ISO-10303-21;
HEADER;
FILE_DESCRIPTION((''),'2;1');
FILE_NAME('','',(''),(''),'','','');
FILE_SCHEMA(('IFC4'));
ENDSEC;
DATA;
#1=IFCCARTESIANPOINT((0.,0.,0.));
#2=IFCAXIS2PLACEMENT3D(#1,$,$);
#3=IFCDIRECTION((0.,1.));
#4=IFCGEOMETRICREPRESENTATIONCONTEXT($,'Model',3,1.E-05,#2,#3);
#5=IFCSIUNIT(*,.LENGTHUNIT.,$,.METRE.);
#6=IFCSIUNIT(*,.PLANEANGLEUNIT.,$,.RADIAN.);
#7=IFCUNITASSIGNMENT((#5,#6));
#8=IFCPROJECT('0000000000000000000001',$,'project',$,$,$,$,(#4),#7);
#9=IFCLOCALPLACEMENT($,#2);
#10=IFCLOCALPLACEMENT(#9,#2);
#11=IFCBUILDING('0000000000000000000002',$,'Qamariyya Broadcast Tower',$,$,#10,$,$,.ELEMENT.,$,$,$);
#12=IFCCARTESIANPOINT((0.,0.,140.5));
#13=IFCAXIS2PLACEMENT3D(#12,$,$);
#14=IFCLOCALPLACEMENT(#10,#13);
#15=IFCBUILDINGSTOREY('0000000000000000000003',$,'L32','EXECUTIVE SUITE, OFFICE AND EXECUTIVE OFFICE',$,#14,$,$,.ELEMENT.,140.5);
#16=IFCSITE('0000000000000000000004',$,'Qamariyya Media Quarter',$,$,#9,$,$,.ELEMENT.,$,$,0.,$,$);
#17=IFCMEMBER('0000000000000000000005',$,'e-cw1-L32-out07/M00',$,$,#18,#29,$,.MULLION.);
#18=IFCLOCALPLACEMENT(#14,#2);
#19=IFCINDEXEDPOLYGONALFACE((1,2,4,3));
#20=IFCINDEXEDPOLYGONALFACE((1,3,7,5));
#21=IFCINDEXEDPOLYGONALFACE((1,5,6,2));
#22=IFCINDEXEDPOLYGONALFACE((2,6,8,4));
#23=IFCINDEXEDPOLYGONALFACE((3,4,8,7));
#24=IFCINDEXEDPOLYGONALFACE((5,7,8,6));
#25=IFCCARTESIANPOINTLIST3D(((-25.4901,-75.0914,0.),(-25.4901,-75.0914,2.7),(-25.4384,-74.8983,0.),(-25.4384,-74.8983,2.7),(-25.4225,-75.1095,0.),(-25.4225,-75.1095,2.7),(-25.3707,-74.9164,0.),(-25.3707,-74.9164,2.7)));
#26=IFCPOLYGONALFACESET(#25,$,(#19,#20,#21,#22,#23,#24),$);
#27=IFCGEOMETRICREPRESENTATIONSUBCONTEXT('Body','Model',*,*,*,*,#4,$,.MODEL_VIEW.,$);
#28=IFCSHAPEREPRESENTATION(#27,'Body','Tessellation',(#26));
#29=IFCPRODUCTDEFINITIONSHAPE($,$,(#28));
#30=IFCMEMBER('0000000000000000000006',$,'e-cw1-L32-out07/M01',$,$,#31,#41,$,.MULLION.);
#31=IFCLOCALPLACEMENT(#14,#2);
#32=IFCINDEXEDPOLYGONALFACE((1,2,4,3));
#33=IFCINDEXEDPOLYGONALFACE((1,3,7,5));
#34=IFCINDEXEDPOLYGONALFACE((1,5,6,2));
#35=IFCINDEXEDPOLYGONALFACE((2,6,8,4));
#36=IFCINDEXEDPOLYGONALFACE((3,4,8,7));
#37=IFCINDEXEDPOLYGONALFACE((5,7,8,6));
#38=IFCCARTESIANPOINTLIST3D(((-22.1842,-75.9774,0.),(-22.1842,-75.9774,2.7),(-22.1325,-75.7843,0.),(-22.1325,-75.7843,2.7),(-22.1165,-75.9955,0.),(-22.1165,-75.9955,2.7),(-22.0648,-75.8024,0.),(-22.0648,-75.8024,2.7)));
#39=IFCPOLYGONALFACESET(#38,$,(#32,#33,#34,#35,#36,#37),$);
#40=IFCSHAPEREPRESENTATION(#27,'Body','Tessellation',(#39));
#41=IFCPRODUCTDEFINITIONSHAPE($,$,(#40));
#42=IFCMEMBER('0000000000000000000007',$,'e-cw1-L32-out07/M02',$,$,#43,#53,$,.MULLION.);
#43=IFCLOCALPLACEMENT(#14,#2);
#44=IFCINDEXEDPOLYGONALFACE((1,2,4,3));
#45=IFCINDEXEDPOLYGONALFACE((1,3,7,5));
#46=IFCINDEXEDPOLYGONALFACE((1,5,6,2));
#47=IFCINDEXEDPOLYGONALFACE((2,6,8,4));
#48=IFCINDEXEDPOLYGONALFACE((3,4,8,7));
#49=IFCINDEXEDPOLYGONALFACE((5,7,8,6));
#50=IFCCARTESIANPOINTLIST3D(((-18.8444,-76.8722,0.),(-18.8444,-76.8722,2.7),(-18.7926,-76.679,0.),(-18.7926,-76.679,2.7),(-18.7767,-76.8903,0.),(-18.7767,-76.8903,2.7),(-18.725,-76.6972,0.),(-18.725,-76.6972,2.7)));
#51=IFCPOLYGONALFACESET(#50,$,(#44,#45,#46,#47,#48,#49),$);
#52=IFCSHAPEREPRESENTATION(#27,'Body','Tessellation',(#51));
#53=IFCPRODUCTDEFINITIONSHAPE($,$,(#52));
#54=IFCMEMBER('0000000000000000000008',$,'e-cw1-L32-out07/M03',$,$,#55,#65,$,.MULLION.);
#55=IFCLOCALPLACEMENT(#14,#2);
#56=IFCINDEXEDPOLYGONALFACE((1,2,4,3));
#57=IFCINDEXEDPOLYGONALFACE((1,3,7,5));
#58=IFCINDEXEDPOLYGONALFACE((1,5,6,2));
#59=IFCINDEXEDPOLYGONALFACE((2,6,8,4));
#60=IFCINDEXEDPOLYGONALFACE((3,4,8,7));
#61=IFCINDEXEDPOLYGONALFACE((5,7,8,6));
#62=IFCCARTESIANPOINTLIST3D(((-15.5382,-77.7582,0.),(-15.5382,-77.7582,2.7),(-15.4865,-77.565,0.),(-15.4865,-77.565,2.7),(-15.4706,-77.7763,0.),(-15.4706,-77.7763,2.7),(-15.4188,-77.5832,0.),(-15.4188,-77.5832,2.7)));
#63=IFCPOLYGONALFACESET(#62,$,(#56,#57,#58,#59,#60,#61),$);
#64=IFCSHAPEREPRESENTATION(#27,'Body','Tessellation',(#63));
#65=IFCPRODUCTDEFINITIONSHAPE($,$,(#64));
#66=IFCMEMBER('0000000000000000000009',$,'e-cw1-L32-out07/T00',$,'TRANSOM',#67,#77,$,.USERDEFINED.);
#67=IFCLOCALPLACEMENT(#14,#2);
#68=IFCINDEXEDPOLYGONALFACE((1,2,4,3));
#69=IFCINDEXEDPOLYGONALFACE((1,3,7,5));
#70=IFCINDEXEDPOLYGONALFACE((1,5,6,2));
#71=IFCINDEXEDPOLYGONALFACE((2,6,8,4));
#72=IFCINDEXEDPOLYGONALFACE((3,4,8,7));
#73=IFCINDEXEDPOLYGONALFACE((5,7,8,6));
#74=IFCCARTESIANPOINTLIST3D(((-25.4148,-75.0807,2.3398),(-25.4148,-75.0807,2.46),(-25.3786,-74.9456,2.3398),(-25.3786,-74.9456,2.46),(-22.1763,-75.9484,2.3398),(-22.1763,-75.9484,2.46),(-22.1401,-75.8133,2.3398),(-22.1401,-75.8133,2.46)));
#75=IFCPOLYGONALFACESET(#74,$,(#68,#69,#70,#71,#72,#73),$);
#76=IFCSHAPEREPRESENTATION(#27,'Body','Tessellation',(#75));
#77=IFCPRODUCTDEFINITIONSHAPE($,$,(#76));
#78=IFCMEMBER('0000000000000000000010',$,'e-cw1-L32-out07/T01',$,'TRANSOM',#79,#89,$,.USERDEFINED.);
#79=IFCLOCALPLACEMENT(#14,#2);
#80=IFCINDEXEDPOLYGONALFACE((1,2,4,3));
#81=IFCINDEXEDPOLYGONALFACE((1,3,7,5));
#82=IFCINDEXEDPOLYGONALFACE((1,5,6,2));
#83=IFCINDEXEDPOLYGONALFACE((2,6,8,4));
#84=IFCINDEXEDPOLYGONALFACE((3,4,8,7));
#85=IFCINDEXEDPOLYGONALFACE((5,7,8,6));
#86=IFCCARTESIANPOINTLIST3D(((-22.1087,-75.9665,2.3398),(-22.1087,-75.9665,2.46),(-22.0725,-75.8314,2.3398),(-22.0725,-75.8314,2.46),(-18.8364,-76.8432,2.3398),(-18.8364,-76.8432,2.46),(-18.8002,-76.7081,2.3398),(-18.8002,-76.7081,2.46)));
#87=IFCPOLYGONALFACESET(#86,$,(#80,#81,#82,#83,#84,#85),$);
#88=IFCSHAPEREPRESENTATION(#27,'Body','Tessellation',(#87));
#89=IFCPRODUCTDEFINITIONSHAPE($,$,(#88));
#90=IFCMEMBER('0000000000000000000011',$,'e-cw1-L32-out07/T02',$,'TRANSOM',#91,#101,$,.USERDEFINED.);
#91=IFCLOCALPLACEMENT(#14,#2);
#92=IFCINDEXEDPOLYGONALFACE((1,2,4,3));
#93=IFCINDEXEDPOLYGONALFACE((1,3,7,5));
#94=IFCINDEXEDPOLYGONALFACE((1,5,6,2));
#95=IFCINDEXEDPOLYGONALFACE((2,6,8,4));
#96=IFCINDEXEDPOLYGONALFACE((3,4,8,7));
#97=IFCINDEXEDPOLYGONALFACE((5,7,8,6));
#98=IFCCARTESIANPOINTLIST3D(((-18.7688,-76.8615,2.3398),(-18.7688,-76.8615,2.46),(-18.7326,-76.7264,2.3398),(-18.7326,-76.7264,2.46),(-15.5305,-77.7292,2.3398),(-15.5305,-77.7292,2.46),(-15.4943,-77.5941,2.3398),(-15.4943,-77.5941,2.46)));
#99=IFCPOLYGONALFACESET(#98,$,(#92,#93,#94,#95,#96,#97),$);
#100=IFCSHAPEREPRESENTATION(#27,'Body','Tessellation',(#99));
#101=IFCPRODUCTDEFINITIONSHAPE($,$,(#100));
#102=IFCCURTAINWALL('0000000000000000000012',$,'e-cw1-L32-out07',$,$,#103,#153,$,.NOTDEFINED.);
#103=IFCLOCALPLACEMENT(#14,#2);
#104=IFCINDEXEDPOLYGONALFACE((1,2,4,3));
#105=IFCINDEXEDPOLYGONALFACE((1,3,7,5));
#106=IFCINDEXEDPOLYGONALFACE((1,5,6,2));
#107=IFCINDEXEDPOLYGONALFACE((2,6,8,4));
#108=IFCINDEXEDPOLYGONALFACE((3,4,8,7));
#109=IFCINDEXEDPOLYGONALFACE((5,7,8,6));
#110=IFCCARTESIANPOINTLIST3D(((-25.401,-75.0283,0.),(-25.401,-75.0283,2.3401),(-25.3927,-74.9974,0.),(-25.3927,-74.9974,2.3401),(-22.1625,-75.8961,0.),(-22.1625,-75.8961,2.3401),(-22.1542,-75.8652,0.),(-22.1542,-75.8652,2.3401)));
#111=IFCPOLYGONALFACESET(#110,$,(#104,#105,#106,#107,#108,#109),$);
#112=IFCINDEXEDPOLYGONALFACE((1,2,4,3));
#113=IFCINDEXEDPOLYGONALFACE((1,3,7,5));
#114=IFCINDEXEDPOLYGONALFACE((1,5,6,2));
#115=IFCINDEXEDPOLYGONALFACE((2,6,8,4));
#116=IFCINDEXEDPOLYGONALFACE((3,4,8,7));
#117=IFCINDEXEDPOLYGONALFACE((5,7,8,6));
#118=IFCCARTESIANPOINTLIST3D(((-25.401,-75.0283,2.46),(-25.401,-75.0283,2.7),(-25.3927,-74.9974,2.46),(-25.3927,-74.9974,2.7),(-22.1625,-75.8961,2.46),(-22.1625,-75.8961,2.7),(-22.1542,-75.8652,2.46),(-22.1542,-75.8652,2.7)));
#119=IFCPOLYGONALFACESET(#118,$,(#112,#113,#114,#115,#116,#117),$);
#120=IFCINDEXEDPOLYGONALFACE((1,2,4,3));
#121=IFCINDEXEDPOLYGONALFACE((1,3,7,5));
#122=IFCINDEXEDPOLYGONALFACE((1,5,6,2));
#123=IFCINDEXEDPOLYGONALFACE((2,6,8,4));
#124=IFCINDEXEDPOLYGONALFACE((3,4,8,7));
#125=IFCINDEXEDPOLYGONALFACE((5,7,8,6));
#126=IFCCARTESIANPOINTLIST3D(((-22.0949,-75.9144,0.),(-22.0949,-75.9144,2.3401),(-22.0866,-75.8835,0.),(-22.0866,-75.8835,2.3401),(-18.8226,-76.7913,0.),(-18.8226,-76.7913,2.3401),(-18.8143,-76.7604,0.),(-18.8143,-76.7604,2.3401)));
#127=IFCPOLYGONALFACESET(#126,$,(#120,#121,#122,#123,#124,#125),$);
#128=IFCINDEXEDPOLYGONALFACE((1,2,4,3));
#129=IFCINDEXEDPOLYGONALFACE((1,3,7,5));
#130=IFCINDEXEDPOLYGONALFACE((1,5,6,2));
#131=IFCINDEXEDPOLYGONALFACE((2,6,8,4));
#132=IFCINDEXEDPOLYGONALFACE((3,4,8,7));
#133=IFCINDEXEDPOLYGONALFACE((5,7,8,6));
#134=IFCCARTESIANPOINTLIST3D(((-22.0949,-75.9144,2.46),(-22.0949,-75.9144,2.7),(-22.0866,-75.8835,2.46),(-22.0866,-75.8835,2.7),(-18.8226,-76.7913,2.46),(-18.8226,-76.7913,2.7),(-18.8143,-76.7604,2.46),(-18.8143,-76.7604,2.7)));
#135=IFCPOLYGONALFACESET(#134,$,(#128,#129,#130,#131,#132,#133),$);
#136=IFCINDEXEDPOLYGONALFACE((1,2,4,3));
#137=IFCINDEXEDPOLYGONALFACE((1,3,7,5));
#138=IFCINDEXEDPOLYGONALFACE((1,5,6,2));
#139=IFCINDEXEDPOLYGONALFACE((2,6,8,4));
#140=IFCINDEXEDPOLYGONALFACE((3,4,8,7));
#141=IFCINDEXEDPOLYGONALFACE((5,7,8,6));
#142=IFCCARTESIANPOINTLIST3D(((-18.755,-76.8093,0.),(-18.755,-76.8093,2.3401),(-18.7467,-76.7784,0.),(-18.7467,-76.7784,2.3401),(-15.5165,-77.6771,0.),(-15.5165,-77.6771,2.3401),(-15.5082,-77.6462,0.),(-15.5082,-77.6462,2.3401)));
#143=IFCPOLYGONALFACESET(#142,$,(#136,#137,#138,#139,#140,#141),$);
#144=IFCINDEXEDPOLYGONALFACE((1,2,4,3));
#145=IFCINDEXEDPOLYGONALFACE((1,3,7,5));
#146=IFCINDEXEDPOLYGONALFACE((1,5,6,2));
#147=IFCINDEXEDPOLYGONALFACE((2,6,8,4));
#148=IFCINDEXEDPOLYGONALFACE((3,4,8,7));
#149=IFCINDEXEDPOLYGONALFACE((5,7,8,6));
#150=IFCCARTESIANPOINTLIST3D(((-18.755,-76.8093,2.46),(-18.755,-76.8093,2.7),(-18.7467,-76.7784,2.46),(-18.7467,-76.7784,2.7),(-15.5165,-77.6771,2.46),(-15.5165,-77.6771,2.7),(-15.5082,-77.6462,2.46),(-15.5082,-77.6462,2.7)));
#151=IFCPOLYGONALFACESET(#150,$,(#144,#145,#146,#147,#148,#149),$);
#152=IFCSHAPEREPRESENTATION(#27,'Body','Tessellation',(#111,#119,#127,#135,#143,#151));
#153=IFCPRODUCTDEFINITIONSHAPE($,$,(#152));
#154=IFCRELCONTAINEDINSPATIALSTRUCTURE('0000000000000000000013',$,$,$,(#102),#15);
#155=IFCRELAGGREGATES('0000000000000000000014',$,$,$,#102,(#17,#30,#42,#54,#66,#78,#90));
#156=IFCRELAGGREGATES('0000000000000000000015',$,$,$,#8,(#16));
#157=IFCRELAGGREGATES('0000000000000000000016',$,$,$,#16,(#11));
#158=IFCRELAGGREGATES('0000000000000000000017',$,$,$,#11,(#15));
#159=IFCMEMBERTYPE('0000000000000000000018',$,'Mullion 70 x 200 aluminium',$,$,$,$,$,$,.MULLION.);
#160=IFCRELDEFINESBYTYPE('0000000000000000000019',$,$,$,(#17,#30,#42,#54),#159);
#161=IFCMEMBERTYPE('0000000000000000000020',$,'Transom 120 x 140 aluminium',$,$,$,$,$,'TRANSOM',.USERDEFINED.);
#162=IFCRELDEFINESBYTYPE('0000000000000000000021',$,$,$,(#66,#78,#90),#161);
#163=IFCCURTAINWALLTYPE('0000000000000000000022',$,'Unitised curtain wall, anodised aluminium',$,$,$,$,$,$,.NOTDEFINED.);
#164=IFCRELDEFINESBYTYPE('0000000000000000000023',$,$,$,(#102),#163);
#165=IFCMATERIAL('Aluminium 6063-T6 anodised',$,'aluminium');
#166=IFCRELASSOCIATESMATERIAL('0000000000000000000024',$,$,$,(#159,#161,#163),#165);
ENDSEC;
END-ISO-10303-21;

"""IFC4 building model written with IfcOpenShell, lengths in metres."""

from ifc_helpers import new_model, si_unit, direction, frame, origin, origin_2d, place, context, subcontext, project, spatial, rectangle, extrude, material, material_profile, profile_set, type_object, element, aggregate, save


model = new_model("IFC4")

# Units and contexts
model_context = context("Model", 3, precision=1e-05, world=origin(), true_north=direction((0.0, 1.0)))
body_context = subcontext(model_context, "Body", "Model", "MODEL_VIEW")
ifc_project = project(units=[si_unit("LENGTHUNIT", "METRE"), si_unit("PLANEANGLEUNIT", "RADIAN")], contexts=[model_context])

# Members
ifc_material = material(Name="Aluminium 6063-T6 anodised", Category="aluminium")
ifc_material_profile_1 = material_profile(ifc_material, rectangle(XDim=0.2, YDim=0.0701, at=origin_2d()))
ifc_profile_set_1 = profile_set([ifc_material_profile_1], Name="Aluminium 6063-T6 anodised")
member_type_1 = type_object("IfcMemberType", Name="Mullion 70 x 200 aluminium", PredefinedType="MULLION", material=ifc_profile_set_1)
site_placement = place(None, origin())
building_placement = place(site_placement, origin())
storey_placement = place(building_placement, frame((0.0, 0.0, 140.5)))
member_1_placement = place(storey_placement, frame((-25.4304, -75.0039, 0.0), z_axis=(0.0, 0.0, 1.0), x_axis=(0.258819, 0.965926, 0.0)))
member_1 = element("IfcMember", 1, at=member_1_placement, type_object=member_type_1, Name="e-cw1-L32-out07/M00", PredefinedType="MULLION", context=body_context, shape_type="SweptSolid", body=[
    extrude(rectangle(XDim=0.2, YDim=0.0701, at=origin_2d()), origin(), (0.0, 0.0, 1.0), 2.7),
])
member_2_placement = place(storey_placement, frame((-22.1245, -75.8899, 0.0), z_axis=(0.0, 0.0, 1.0), x_axis=(0.258819, 0.965926, 0.0)))
member_2 = element("IfcMember", 2, at=member_2_placement, type_object=member_type_1, Name="e-cw1-L32-out07/M01", PredefinedType="MULLION", context=body_context, shape_type="SweptSolid", body=[
    extrude(rectangle(XDim=0.2, YDim=0.0701, at=origin_2d()), origin(), (0.0, 0.0, 1.0), 2.7),
])
member_3_placement = place(storey_placement, frame((-18.7847, -76.7847, 0.0), z_axis=(0.0, 0.0, 1.0), x_axis=(0.258819, 0.965926, 0.0)))
member_3 = element("IfcMember", 3, at=member_3_placement, type_object=member_type_1, Name="e-cw1-L32-out07/M02", PredefinedType="MULLION", context=body_context, shape_type="SweptSolid", body=[
    extrude(rectangle(XDim=0.2, YDim=0.0701, at=origin_2d()), origin(), (0.0, 0.0, 1.0), 2.7),
])
member_4_placement = place(storey_placement, frame((-15.4785, -77.6707, 0.0), z_axis=(0.0, 0.0, 1.0), x_axis=(0.258819, 0.965926, 0.0)))
member_4 = element("IfcMember", 4, at=member_4_placement, type_object=member_type_1, Name="e-cw1-L32-out07/M03", PredefinedType="MULLION", context=body_context, shape_type="SweptSolid", body=[
    extrude(rectangle(XDim=0.2, YDim=0.0701, at=origin_2d()), origin(), (0.0, 0.0, 1.0), 2.7),
])
ifc_material_profile_2 = material_profile(ifc_material, rectangle(XDim=0.1399, YDim=0.1201, at=origin_2d()))
ifc_profile_set_2 = profile_set([ifc_material_profile_2], Name="Aluminium 6063-T6 anodised")
member_type_2 = type_object("IfcMemberType", Name="Transom 120 x 140 aluminium", ElementType="TRANSOM", PredefinedType="USERDEFINED", material=ifc_profile_set_2)
member_5_placement = place(storey_placement, frame((-25.3967, -75.0132, 2.3999), z_axis=(0.965932, -0.258796, 0.0), x_axis=(0.258796, 0.965932, 0.0)))
member_5 = element("IfcMember", 5, at=member_5_placement, type_object=member_type_2, Name="e-cw1-L32-out07/T00", ObjectType="TRANSOM", PredefinedType="USERDEFINED", context=body_context, shape_type="SweptSolid", body=[
    extrude(rectangle(XDim=0.1399, YDim=0.1201, at=origin_2d()), origin(), (0.0, 0.0, 1.0), 3.3528),
])
member_6_placement = place(storey_placement, frame((-22.0906, -75.8989, 2.3999), z_axis=(0.965932, -0.258797, 0.0), x_axis=(0.258797, 0.965932, 0.0)))
member_6 = element("IfcMember", 6, at=member_6_placement, type_object=member_type_2, Name="e-cw1-L32-out07/T01", ObjectType="TRANSOM", PredefinedType="USERDEFINED", context=body_context, shape_type="SweptSolid", body=[
    extrude(rectangle(XDim=0.1399, YDim=0.1201, at=origin_2d()), origin(), (0.0, 0.0, 1.0), 3.3877),
])
member_7_placement = place(storey_placement, frame((-18.7507, -76.7939, 2.3999), z_axis=(0.965927, -0.258814, 0.0), x_axis=(0.258814, 0.965927, 0.0)))
member_7 = element("IfcMember", 7, at=member_7_placement, type_object=member_type_2, Name="e-cw1-L32-out07/T02", ObjectType="TRANSOM", PredefinedType="USERDEFINED", context=body_context, shape_type="SweptSolid", body=[
    extrude(rectangle(XDim=0.1399, YDim=0.1201, at=origin_2d()), origin(), (0.0, 0.0, 1.0), 3.3525),
])

# Site, building, storey
site = spatial("IfcSite", under=ifc_project, at=site_placement, Name="Qamariyya Media Quarter", CompositionType="ELEMENT", RefElevation=0.0)
building = spatial("IfcBuilding", under=site, at=building_placement, Name="Qamariyya Broadcast Tower", CompositionType="ELEMENT")
storey = spatial("IfcBuildingStorey", under=building, at=storey_placement, Name="L32", Description="EXECUTIVE SUITE, OFFICE AND EXECUTIVE OFFICE", CompositionType="ELEMENT", Elevation=140.5)

# Curtain wall
curtain_wall_type = type_object("IfcCurtainWallType", Name="Unitised curtain wall, anodised aluminium", PredefinedType="NOTDEFINED", material=ifc_material)
curtain_wall_1_placement = place(storey_placement, origin())
curtain_wall_1 = element("IfcCurtainWall", 8, at=curtain_wall_1_placement, inside=storey, type_object=curtain_wall_type, Name="e-cw1-L32-out07", PredefinedType="NOTDEFINED", context=body_context, shape_type="SweptSolid", body=[
    extrude(rectangle(XDim=3.3528, YDim=0.032, at=origin_2d()), frame((-23.7776, -75.4468, 0.0), x_axis=(0.965924, -0.258827, 0.0)), (0.0, 0.0, 1.0), 2.3401),
    extrude(rectangle(XDim=3.3528, YDim=0.032, at=origin_2d()), frame((-23.7776, -75.4468, 2.46), x_axis=(0.965924, -0.258827, 0.0)), (0.0, 0.0, 1.0), 0.24),
    extrude(rectangle(XDim=3.3877, YDim=0.032, at=origin_2d()), frame((-20.4546, -76.3374, 0.0), x_axis=(0.965924, -0.258827, 0.0)), (0.0, 0.0, 1.0), 2.3401),
    extrude(rectangle(XDim=3.3877, YDim=0.032, at=origin_2d()), frame((-20.4546, -76.3374, 2.46), x_axis=(0.965924, -0.258827, 0.0)), (0.0, 0.0, 1.0), 0.24),
    extrude(rectangle(XDim=3.3528, YDim=0.032, at=origin_2d()), frame((-17.1316, -77.2278, 0.0), x_axis=(0.965924, -0.258827, 0.0)), (0.0, 0.0, 1.0), 2.3401),
    extrude(rectangle(XDim=3.3528, YDim=0.032, at=origin_2d()), frame((-17.1316, -77.2278, 2.46), x_axis=(0.965924, -0.258827, 0.0)), (0.0, 0.0, 1.0), 0.24),
])
aggregate(curtain_wall_1, [member_1, member_2, member_3, member_4, member_5, member_6, member_7])

save(model, "model.ifc")
